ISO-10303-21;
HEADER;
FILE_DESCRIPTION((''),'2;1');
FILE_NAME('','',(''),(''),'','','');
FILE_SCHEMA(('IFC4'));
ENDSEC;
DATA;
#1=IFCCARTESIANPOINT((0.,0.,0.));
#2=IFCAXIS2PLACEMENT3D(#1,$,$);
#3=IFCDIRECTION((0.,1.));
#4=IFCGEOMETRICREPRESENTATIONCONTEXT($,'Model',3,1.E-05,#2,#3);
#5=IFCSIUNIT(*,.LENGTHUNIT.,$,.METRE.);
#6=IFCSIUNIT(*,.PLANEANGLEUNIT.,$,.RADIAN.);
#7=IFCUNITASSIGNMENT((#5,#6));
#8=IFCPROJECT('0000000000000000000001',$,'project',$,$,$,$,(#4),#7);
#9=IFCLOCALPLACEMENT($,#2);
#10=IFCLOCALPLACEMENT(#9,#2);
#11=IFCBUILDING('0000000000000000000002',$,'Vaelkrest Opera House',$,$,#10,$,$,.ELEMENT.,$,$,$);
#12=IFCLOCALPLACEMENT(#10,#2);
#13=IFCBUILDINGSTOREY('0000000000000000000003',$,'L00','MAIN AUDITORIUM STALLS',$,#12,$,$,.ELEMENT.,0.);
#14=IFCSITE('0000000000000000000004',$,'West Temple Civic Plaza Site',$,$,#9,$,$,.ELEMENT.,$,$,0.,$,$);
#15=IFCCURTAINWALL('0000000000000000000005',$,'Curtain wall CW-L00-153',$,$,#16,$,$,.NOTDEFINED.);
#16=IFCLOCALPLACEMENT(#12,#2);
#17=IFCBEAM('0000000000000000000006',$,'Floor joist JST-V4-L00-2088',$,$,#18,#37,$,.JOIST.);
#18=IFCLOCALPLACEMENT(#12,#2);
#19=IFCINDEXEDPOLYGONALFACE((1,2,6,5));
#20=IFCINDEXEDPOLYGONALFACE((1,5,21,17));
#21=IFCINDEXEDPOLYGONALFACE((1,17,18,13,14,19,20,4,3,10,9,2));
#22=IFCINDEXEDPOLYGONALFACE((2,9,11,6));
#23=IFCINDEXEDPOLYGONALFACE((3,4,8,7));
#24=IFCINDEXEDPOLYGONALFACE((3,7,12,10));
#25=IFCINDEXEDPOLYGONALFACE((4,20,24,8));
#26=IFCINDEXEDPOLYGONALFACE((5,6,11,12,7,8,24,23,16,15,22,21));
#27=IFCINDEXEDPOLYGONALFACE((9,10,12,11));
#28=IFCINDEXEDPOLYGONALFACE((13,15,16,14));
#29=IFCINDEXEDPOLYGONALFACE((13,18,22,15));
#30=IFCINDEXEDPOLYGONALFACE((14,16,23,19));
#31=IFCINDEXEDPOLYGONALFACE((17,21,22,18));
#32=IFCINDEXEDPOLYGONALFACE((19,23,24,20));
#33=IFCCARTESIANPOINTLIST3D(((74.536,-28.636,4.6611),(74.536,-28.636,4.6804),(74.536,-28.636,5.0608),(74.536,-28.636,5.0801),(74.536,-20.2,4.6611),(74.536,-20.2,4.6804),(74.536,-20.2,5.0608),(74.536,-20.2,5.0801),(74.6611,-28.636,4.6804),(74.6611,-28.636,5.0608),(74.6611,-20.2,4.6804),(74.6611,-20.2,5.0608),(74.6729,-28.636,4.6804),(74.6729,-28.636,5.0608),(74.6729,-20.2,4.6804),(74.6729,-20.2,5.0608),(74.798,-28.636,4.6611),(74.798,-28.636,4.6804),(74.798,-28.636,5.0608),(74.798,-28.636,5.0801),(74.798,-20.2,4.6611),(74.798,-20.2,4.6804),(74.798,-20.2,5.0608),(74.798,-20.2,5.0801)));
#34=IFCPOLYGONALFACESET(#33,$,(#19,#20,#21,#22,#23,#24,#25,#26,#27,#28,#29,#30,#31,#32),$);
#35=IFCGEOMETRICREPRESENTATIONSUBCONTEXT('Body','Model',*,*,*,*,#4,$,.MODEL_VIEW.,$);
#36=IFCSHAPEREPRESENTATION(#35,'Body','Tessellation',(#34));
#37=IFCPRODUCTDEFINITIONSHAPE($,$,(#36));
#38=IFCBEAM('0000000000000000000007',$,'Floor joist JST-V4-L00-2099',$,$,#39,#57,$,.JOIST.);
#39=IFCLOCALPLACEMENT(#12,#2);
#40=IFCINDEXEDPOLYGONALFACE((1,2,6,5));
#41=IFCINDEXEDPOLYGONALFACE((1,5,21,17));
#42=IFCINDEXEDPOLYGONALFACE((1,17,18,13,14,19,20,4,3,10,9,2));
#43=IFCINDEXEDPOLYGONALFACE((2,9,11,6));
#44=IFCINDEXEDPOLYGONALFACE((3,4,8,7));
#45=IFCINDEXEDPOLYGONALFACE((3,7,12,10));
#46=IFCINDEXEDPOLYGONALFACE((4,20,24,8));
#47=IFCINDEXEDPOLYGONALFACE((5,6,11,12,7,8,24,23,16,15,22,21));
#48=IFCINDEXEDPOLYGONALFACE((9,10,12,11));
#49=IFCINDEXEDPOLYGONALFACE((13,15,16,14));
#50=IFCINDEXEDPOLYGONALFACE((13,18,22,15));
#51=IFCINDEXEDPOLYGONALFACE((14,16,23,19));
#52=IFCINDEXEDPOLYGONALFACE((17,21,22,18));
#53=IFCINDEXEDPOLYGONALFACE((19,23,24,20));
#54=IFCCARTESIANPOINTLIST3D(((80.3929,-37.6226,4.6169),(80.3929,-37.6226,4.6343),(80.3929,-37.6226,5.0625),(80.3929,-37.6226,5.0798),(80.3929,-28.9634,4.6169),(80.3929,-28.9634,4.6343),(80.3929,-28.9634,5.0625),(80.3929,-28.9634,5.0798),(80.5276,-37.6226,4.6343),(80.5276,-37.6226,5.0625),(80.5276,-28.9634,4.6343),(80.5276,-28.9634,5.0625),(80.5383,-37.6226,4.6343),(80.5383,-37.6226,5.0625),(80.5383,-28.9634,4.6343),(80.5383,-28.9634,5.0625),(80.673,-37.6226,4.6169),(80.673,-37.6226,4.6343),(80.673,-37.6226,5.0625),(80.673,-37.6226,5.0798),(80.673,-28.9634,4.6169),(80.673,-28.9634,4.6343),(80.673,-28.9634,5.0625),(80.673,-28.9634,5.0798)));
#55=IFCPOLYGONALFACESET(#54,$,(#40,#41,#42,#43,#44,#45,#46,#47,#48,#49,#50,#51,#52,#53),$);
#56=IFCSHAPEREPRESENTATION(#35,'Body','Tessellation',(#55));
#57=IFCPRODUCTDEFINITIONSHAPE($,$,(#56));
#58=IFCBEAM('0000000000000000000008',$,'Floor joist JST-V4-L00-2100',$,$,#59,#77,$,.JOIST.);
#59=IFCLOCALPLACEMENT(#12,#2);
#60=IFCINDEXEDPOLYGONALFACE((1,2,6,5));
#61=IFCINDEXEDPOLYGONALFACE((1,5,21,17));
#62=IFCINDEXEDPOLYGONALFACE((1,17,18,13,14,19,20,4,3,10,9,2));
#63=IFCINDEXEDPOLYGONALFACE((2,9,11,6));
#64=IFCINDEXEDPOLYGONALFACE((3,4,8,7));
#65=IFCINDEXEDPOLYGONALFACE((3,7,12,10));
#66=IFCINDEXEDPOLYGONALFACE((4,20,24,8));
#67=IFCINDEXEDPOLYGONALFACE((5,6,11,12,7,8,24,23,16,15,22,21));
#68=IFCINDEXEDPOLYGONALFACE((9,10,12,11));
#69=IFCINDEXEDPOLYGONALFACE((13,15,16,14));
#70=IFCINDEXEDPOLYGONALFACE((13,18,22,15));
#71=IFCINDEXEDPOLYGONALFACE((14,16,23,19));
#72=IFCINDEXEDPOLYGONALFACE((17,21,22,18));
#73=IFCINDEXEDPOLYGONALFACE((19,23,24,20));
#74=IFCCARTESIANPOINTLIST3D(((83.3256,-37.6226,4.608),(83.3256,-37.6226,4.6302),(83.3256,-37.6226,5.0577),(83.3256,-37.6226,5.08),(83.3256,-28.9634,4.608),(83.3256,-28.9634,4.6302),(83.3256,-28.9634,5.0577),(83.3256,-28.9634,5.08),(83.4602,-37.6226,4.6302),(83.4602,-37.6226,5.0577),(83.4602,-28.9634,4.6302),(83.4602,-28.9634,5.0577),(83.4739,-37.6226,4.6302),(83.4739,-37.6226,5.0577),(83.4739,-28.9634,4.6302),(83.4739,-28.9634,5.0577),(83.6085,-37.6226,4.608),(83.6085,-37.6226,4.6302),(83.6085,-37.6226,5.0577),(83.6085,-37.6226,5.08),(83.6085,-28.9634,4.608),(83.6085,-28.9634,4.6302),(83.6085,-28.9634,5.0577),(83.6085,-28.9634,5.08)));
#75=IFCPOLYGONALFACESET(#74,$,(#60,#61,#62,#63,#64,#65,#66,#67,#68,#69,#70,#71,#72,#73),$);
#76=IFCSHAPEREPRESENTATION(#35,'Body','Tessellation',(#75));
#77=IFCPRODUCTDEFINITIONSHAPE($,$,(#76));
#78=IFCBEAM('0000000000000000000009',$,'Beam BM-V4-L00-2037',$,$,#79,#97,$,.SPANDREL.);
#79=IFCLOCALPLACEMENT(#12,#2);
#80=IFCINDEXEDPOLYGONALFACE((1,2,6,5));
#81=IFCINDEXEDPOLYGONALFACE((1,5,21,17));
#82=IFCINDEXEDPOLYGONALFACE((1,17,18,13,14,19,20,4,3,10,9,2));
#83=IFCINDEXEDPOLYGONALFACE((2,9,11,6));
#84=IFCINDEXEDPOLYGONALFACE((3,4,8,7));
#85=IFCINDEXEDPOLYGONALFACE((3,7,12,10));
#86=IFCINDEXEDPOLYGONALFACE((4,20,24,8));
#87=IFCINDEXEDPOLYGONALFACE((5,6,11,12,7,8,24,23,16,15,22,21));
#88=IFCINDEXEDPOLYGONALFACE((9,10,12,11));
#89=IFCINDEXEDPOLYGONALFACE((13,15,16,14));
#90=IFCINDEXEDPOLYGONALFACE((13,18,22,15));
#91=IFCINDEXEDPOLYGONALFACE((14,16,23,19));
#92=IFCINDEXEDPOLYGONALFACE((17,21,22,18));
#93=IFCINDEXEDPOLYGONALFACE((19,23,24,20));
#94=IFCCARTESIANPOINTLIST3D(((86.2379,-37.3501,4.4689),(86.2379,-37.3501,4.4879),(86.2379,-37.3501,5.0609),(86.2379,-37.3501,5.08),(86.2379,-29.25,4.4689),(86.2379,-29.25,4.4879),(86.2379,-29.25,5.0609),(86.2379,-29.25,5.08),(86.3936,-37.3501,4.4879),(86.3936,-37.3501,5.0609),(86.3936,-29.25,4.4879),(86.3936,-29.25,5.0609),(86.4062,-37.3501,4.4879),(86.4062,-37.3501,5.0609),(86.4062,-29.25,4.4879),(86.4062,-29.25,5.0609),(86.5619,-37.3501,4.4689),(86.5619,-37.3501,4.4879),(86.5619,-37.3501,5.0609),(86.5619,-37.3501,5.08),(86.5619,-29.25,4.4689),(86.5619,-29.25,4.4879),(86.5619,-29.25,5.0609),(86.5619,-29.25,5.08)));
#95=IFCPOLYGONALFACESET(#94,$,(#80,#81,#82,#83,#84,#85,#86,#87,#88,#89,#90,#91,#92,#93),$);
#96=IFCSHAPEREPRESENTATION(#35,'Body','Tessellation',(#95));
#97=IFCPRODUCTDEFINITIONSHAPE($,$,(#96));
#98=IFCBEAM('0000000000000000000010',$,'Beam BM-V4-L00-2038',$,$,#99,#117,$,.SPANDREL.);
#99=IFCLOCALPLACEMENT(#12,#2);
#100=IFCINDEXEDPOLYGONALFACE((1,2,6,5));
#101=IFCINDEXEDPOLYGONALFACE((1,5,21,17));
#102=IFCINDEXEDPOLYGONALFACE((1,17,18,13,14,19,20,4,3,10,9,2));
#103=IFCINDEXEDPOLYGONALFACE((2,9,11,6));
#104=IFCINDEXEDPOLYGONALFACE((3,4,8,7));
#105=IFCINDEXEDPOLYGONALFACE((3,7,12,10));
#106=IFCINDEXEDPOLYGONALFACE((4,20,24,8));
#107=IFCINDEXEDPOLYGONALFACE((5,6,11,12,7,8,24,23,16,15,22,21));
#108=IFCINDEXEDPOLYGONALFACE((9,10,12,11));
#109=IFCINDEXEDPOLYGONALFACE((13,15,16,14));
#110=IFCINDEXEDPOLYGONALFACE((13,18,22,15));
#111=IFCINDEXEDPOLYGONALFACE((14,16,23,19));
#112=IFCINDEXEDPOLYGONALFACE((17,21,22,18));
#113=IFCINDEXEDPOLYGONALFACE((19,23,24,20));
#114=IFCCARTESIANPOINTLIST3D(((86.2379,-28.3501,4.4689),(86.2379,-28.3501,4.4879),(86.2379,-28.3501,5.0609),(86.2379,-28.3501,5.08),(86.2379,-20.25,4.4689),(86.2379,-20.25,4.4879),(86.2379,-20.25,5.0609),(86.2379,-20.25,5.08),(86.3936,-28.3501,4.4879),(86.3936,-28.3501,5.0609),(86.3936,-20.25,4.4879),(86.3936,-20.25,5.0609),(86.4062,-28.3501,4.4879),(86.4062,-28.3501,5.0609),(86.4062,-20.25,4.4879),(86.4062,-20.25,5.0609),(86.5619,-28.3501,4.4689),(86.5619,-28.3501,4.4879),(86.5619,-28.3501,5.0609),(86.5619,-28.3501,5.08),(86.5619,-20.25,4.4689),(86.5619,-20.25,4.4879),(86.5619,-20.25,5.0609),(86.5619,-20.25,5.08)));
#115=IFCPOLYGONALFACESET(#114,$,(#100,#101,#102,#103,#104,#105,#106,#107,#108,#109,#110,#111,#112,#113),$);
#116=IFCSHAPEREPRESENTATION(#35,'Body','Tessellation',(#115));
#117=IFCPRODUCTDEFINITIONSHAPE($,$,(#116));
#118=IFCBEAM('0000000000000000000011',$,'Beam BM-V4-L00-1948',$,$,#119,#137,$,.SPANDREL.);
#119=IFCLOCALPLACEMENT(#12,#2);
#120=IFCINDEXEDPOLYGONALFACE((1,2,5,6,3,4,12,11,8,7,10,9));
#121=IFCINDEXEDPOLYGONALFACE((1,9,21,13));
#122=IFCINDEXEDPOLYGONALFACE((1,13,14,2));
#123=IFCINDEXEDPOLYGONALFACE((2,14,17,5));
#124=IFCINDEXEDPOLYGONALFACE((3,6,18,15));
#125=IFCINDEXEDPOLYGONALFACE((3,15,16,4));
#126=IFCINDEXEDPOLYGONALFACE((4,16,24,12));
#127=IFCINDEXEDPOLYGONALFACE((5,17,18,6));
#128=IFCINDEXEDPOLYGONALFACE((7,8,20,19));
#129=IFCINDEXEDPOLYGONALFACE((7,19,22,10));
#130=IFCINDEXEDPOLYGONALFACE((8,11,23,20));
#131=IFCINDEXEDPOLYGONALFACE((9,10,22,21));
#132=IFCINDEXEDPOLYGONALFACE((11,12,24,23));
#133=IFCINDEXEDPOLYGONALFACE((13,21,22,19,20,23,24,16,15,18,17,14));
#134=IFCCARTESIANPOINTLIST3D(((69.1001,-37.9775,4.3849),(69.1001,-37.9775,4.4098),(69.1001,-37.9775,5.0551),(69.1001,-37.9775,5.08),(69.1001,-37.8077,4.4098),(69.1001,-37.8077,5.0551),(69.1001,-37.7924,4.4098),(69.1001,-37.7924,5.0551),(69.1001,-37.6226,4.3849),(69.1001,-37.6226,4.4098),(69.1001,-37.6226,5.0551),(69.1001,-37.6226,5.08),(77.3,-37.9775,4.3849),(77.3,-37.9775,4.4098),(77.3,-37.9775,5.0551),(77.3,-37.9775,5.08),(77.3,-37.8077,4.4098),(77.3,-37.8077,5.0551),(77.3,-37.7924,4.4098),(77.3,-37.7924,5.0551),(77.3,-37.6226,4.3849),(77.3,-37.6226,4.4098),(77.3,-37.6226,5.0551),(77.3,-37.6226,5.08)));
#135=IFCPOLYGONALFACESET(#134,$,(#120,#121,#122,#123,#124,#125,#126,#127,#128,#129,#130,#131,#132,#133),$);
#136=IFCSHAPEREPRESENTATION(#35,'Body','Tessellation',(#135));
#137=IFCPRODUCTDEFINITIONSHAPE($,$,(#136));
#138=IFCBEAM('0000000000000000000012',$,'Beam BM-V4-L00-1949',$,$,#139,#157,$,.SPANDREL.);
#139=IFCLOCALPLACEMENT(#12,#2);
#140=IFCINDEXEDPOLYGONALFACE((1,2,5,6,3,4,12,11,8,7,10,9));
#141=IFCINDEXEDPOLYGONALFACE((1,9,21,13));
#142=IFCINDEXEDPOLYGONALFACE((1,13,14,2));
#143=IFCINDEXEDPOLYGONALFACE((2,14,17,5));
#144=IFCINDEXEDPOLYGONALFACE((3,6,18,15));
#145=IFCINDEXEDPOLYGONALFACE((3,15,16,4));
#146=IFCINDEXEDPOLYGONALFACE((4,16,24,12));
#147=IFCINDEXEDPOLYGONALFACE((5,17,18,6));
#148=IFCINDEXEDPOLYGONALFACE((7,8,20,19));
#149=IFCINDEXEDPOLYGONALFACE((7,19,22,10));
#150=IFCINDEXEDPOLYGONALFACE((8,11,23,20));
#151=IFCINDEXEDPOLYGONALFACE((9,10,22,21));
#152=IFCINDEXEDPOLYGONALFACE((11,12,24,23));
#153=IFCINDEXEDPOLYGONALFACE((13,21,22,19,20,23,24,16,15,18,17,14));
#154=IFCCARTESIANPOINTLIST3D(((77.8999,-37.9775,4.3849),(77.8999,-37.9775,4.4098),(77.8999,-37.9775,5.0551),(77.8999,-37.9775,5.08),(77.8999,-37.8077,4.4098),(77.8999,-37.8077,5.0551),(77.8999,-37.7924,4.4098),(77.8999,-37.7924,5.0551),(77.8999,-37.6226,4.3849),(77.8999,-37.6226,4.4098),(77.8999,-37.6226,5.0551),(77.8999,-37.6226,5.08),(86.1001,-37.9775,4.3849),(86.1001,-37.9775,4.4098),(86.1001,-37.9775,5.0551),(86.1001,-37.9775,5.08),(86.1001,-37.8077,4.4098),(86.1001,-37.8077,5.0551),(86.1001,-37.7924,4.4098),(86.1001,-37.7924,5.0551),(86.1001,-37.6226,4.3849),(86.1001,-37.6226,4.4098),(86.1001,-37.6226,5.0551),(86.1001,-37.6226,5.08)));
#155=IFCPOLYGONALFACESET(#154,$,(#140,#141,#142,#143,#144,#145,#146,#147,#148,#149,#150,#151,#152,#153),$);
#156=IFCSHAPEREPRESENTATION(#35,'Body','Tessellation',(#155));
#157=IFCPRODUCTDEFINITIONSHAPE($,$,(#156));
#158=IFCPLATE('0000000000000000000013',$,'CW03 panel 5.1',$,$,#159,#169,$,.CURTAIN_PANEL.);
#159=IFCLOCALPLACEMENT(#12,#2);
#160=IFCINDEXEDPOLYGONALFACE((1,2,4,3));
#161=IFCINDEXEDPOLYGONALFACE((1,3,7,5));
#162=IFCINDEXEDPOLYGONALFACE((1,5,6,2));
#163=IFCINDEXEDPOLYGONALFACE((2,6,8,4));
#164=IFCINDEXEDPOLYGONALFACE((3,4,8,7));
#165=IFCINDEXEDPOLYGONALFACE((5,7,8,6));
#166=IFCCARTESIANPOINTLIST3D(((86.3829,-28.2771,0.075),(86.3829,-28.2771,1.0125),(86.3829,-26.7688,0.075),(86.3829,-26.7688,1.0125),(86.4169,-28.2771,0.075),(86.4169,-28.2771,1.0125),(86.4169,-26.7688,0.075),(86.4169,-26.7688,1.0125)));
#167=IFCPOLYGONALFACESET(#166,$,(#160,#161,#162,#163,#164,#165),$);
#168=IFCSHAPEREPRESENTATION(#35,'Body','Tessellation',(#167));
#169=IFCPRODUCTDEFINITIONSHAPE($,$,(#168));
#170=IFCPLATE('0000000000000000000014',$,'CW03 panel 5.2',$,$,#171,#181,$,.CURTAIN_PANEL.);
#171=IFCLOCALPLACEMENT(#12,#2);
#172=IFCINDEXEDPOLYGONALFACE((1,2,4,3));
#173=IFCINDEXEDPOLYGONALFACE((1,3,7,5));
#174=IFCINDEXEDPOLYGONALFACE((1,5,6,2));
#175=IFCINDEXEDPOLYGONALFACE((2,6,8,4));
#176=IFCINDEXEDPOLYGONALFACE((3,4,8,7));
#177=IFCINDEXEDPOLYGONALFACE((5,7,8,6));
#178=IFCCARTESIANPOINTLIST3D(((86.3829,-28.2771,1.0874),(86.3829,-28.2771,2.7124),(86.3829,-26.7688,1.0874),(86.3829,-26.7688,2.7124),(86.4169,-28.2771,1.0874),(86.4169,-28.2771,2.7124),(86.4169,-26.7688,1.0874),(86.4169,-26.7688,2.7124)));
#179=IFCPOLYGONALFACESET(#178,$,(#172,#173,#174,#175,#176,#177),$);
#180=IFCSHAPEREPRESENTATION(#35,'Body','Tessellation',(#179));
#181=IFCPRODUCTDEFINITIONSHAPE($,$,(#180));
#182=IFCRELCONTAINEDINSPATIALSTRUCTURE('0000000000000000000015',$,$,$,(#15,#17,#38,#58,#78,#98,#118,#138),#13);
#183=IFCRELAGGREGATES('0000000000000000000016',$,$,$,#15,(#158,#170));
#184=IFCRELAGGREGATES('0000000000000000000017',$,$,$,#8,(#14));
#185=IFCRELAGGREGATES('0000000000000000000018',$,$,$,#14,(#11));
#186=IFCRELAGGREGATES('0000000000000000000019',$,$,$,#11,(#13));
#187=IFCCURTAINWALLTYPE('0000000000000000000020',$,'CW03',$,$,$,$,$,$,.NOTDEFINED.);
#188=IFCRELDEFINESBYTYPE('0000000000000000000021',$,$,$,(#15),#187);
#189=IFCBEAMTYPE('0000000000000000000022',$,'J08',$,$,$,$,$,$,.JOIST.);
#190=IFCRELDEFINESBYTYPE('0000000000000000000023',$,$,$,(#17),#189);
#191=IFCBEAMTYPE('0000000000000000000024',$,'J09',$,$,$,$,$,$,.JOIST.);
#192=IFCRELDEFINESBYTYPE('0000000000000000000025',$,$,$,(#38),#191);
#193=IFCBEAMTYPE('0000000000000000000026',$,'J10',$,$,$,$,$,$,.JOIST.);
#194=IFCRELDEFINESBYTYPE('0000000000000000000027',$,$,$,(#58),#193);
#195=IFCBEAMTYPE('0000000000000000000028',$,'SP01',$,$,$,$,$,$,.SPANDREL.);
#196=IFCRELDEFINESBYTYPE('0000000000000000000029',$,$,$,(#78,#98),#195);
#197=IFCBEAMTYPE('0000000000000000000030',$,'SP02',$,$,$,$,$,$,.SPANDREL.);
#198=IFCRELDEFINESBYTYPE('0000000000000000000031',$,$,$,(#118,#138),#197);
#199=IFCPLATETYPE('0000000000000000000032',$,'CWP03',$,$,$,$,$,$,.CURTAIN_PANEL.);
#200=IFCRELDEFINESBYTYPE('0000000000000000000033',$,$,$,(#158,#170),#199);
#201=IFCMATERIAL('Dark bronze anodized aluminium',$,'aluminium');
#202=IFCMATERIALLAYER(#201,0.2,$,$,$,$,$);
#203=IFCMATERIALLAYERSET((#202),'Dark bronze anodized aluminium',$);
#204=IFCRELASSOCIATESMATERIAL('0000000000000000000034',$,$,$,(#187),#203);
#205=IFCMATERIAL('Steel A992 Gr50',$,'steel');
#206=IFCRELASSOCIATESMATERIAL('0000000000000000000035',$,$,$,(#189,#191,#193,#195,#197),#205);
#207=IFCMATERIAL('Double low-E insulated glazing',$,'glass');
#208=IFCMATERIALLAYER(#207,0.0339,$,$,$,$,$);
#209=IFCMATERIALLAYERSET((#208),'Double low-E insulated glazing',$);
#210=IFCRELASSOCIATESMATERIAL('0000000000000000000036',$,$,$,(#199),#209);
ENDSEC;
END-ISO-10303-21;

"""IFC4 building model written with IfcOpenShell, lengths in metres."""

from ifc_helpers import new_model, si_unit, direction, frame, origin, origin_2d, place, context, subcontext, project, spatial, rectangle, i_section, extrude, material, layer, layer_set, material_profile, profile_set, type_object, element, aggregate, save


model = new_model("IFC4")

# Units and contexts
model_context = context("Model", 3, precision=1e-05, world=origin(), true_north=direction((0.0, 1.0)))
body_context = subcontext(model_context, "Body", "Model", "MODEL_VIEW")
ifc_project = project(units=[si_unit("LENGTHUNIT", "METRE"), si_unit("PLANEANGLEUNIT", "RADIAN")], contexts=[model_context])

# Site, building, storey
site_placement = place(None, origin())
site = spatial("IfcSite", under=ifc_project, at=site_placement, Name="West Temple Civic Plaza Site", CompositionType="ELEMENT", RefElevation=0.0)
building_placement = place(site_placement, origin())
building = spatial("IfcBuilding", under=site, at=building_placement, Name="Vaelkrest Opera House", CompositionType="ELEMENT")
storey_placement = place(building_placement, origin())
storey = spatial("IfcBuildingStorey", under=building, at=storey_placement, Name="L00", Description="MAIN AUDITORIUM STALLS", CompositionType="ELEMENT", Elevation=0.0)

# Shared definitions
ifc_material_1 = material(Name="Steel A992 Gr50", Category="steel")

# Curtain wall
ifc_material_2 = material(Name="Dark bronze anodized aluminium", Category="aluminium")
ifc_layer_1 = layer(ifc_material_2, 0.2)
ifc_layer_set_1 = layer_set([ifc_layer_1], Name="Dark bronze anodized aluminium")
curtain_wall_type = type_object("IfcCurtainWallType", Name="CW03", PredefinedType="NOTDEFINED", material=ifc_layer_set_1)
curtain_wall_placement = place(storey_placement, origin())
curtain_wall = element("IfcCurtainWall", 1, at=curtain_wall_placement, inside=storey, type_object=curtain_wall_type, Name="Curtain wall CW-L00-153", PredefinedType="NOTDEFINED")

# Beams
ifc_material_profile_1 = material_profile(ifc_material_1, i_section(OverallWidth=0.262, OverallDepth=0.4189, WebThickness=0.0117, FlangeThickness=0.0193, at=origin_2d()), Name="W16X77")
ifc_profile_set_1 = profile_set([ifc_material_profile_1], Name="Steel A992 Gr50")
beam_type_1 = type_object("IfcBeamType", Name="J08", PredefinedType="JOIST", material=ifc_profile_set_1)
beam_1_placement = place(storey_placement, frame((74.667, -28.636, 4.8706), z_axis=(0.0, 1.0, 0.0), x_axis=(-1.0, 0.0, 0.0)))
element("IfcBeam", 2, at=beam_1_placement, inside=storey, type_object=beam_type_1, Name="Floor joist JST-V4-L00-2088", PredefinedType="JOIST", context=body_context, shape_type="SweptSolid", body=[
    extrude(i_section(OverallWidth=0.262, OverallDepth=0.4189, WebThickness=0.0117, FlangeThickness=0.0193, at=origin_2d()), origin(), (0.0, 0.0, 1.0), 8.436),
])
ifc_material_profile_2 = material_profile(ifc_material_1, i_section(OverallWidth=0.28, OverallDepth=0.4629, WebThickness=0.0107, FlangeThickness=0.0173, at=origin_2d()), Name="W18X76")
ifc_profile_set_2 = profile_set([ifc_material_profile_2], Name="Steel A992 Gr50")
beam_type_2 = type_object("IfcBeamType", Name="J09", PredefinedType="JOIST", material=ifc_profile_set_2)
beam_2_placement = place(storey_placement, frame((80.533, -37.6226, 4.8484), z_axis=(0.0, 1.0, 0.0), x_axis=(-1.0, 0.0, 0.0)))
element("IfcBeam", 3, at=beam_2_placement, inside=storey, type_object=beam_type_2, Name="Floor joist JST-V4-L00-2099", PredefinedType="JOIST", context=body_context, shape_type="SweptSolid", body=[
    extrude(i_section(OverallWidth=0.28, OverallDepth=0.4629, WebThickness=0.0107, FlangeThickness=0.0173, at=origin_2d()), origin(), (0.0, 0.0, 1.0), 8.6592),
])
ifc_material_profile_3 = material_profile(ifc_material_1, i_section(OverallWidth=0.283, OverallDepth=0.4719, WebThickness=0.0137, FlangeThickness=0.0222, at=origin_2d()), Name="W18X97")
ifc_profile_set_3 = profile_set([ifc_material_profile_3], Name="Steel A992 Gr50")
beam_type_3 = type_object("IfcBeamType", Name="J10", PredefinedType="JOIST", material=ifc_profile_set_3)
beam_3_placement = place(storey_placement, frame((83.467, -37.6226, 4.844), z_axis=(0.0, 1.0, 0.0), x_axis=(-1.0, 0.0, 0.0)))
element("IfcBeam", 4, at=beam_3_placement, inside=storey, type_object=beam_type_3, Name="Floor joist JST-V4-L00-2100", PredefinedType="JOIST", context=body_context, shape_type="SweptSolid", body=[
    extrude(i_section(OverallWidth=0.283, OverallDepth=0.4719, WebThickness=0.0137, FlangeThickness=0.0222, at=origin_2d()), origin(), (0.0, 0.0, 1.0), 8.6592),
])
ifc_material_profile_4 = material_profile(ifc_material_1, i_section(OverallWidth=0.324, OverallDepth=0.6111, WebThickness=0.0127, FlangeThickness=0.019, at=origin_2d()), Name="W24X104")
ifc_profile_set_4 = profile_set([ifc_material_profile_4], Name="Steel A992 Gr50")
beam_type_4 = type_object("IfcBeamType", Name="SP01", PredefinedType="SPANDREL", material=ifc_profile_set_4)
for number, where, z_axis, x_axis, name in (
    (5, (86.3999, -37.3501, 4.7744), (0.0, 1.0, 0.0), (-1.0, 0.0, 0.0), "Beam BM-V4-L00-2037"),
    (6, (86.3999, -28.3501, 4.7744), (0.0, 1.0, 0.0), (-1.0, 0.0, 0.0), "Beam BM-V4-L00-2038"),
):
    element("IfcBeam", number, at=place(storey_placement, frame(where, z_axis=z_axis, x_axis=x_axis)), inside=storey, type_object=beam_type_4, Name=name, PredefinedType="SPANDREL", context=body_context, shape_type="SweptSolid", body=[
        extrude(i_section(OverallWidth=0.324, OverallDepth=0.6111, WebThickness=0.0127, FlangeThickness=0.019, at=origin_2d()), origin(), (0.0, 0.0, 1.0), 8.1001),
    ])
ifc_material_profile_5 = material_profile(ifc_material_1, i_section(OverallWidth=0.355, OverallDepth=0.6951, WebThickness=0.0154, FlangeThickness=0.0249, at=origin_2d()), Name="W27X146")
ifc_profile_set_5 = profile_set([ifc_material_profile_5], Name="Steel A992 Gr50")
beam_type_5 = type_object("IfcBeamType", Name="SP02", PredefinedType="SPANDREL", material=ifc_profile_set_5)
beam_4_placement = place(storey_placement, frame((69.1001, -37.8, 4.7324), z_axis=(1.0, 0.0, 0.0), x_axis=(0.0, 1.0, 0.0)))
element("IfcBeam", 7, at=beam_4_placement, inside=storey, type_object=beam_type_5, Name="Beam BM-V4-L00-1948", PredefinedType="SPANDREL", context=body_context, shape_type="SweptSolid", body=[
    extrude(i_section(OverallWidth=0.355, OverallDepth=0.6951, WebThickness=0.0154, FlangeThickness=0.0249, at=origin_2d()), origin(), (0.0, 0.0, 1.0), 8.2),
])
beam_5_placement = place(storey_placement, frame((77.8999, -37.8, 4.7324), z_axis=(1.0, 0.0, 0.0), x_axis=(0.0, 1.0, 0.0)))
element("IfcBeam", 8, at=beam_5_placement, inside=storey, type_object=beam_type_5, Name="Beam BM-V4-L00-1949", PredefinedType="SPANDREL", context=body_context, shape_type="SweptSolid", body=[
    extrude(i_section(OverallWidth=0.355, OverallDepth=0.6951, WebThickness=0.0154, FlangeThickness=0.0249, at=origin_2d()), origin(), (0.0, 0.0, 1.0), 8.2002),
])

# Plates
ifc_material_3 = material(Name="Double low-E insulated glazing", Category="glass")
ifc_layer_2 = layer(ifc_material_3, 0.0339)
ifc_layer_set_2 = layer_set([ifc_layer_2], Name="Double low-E insulated glazing")
plate_type = type_object("IfcPlateType", Name="CWP03", PredefinedType="CURTAIN_PANEL", material=ifc_layer_set_2)
plate_1_placement = place(storey_placement, frame((86.3999, -27.5229, 0.075), z_axis=(0.0, 0.0, 1.0), x_axis=(0.0, -1.0, 0.0)))
plate_1 = element("IfcPlate", 9, at=plate_1_placement, type_object=plate_type, Name="CW03 panel 5.1", PredefinedType="CURTAIN_PANEL", context=body_context, shape_type="SweptSolid", body=[
    extrude(rectangle(XDim=1.5083, YDim=0.0339, at=origin_2d()), origin(), (0.0, 0.0, 1.0), 0.9375),
])
plate_2_placement = place(storey_placement, frame((86.3999, -27.5229, 1.0874), z_axis=(0.0, 0.0, 1.0), x_axis=(0.0, -1.0, 0.0)))
plate_2 = element("IfcPlate", 10, at=plate_2_placement, type_object=plate_type, Name="CW03 panel 5.2", PredefinedType="CURTAIN_PANEL", context=body_context, shape_type="SweptSolid", body=[
    extrude(rectangle(XDim=1.5083, YDim=0.0339, at=origin_2d()), origin(), (0.0, 0.0, 1.0), 1.625),
])
aggregate(curtain_wall, [plate_1, plate_2])

save(model, "model.ifc")
